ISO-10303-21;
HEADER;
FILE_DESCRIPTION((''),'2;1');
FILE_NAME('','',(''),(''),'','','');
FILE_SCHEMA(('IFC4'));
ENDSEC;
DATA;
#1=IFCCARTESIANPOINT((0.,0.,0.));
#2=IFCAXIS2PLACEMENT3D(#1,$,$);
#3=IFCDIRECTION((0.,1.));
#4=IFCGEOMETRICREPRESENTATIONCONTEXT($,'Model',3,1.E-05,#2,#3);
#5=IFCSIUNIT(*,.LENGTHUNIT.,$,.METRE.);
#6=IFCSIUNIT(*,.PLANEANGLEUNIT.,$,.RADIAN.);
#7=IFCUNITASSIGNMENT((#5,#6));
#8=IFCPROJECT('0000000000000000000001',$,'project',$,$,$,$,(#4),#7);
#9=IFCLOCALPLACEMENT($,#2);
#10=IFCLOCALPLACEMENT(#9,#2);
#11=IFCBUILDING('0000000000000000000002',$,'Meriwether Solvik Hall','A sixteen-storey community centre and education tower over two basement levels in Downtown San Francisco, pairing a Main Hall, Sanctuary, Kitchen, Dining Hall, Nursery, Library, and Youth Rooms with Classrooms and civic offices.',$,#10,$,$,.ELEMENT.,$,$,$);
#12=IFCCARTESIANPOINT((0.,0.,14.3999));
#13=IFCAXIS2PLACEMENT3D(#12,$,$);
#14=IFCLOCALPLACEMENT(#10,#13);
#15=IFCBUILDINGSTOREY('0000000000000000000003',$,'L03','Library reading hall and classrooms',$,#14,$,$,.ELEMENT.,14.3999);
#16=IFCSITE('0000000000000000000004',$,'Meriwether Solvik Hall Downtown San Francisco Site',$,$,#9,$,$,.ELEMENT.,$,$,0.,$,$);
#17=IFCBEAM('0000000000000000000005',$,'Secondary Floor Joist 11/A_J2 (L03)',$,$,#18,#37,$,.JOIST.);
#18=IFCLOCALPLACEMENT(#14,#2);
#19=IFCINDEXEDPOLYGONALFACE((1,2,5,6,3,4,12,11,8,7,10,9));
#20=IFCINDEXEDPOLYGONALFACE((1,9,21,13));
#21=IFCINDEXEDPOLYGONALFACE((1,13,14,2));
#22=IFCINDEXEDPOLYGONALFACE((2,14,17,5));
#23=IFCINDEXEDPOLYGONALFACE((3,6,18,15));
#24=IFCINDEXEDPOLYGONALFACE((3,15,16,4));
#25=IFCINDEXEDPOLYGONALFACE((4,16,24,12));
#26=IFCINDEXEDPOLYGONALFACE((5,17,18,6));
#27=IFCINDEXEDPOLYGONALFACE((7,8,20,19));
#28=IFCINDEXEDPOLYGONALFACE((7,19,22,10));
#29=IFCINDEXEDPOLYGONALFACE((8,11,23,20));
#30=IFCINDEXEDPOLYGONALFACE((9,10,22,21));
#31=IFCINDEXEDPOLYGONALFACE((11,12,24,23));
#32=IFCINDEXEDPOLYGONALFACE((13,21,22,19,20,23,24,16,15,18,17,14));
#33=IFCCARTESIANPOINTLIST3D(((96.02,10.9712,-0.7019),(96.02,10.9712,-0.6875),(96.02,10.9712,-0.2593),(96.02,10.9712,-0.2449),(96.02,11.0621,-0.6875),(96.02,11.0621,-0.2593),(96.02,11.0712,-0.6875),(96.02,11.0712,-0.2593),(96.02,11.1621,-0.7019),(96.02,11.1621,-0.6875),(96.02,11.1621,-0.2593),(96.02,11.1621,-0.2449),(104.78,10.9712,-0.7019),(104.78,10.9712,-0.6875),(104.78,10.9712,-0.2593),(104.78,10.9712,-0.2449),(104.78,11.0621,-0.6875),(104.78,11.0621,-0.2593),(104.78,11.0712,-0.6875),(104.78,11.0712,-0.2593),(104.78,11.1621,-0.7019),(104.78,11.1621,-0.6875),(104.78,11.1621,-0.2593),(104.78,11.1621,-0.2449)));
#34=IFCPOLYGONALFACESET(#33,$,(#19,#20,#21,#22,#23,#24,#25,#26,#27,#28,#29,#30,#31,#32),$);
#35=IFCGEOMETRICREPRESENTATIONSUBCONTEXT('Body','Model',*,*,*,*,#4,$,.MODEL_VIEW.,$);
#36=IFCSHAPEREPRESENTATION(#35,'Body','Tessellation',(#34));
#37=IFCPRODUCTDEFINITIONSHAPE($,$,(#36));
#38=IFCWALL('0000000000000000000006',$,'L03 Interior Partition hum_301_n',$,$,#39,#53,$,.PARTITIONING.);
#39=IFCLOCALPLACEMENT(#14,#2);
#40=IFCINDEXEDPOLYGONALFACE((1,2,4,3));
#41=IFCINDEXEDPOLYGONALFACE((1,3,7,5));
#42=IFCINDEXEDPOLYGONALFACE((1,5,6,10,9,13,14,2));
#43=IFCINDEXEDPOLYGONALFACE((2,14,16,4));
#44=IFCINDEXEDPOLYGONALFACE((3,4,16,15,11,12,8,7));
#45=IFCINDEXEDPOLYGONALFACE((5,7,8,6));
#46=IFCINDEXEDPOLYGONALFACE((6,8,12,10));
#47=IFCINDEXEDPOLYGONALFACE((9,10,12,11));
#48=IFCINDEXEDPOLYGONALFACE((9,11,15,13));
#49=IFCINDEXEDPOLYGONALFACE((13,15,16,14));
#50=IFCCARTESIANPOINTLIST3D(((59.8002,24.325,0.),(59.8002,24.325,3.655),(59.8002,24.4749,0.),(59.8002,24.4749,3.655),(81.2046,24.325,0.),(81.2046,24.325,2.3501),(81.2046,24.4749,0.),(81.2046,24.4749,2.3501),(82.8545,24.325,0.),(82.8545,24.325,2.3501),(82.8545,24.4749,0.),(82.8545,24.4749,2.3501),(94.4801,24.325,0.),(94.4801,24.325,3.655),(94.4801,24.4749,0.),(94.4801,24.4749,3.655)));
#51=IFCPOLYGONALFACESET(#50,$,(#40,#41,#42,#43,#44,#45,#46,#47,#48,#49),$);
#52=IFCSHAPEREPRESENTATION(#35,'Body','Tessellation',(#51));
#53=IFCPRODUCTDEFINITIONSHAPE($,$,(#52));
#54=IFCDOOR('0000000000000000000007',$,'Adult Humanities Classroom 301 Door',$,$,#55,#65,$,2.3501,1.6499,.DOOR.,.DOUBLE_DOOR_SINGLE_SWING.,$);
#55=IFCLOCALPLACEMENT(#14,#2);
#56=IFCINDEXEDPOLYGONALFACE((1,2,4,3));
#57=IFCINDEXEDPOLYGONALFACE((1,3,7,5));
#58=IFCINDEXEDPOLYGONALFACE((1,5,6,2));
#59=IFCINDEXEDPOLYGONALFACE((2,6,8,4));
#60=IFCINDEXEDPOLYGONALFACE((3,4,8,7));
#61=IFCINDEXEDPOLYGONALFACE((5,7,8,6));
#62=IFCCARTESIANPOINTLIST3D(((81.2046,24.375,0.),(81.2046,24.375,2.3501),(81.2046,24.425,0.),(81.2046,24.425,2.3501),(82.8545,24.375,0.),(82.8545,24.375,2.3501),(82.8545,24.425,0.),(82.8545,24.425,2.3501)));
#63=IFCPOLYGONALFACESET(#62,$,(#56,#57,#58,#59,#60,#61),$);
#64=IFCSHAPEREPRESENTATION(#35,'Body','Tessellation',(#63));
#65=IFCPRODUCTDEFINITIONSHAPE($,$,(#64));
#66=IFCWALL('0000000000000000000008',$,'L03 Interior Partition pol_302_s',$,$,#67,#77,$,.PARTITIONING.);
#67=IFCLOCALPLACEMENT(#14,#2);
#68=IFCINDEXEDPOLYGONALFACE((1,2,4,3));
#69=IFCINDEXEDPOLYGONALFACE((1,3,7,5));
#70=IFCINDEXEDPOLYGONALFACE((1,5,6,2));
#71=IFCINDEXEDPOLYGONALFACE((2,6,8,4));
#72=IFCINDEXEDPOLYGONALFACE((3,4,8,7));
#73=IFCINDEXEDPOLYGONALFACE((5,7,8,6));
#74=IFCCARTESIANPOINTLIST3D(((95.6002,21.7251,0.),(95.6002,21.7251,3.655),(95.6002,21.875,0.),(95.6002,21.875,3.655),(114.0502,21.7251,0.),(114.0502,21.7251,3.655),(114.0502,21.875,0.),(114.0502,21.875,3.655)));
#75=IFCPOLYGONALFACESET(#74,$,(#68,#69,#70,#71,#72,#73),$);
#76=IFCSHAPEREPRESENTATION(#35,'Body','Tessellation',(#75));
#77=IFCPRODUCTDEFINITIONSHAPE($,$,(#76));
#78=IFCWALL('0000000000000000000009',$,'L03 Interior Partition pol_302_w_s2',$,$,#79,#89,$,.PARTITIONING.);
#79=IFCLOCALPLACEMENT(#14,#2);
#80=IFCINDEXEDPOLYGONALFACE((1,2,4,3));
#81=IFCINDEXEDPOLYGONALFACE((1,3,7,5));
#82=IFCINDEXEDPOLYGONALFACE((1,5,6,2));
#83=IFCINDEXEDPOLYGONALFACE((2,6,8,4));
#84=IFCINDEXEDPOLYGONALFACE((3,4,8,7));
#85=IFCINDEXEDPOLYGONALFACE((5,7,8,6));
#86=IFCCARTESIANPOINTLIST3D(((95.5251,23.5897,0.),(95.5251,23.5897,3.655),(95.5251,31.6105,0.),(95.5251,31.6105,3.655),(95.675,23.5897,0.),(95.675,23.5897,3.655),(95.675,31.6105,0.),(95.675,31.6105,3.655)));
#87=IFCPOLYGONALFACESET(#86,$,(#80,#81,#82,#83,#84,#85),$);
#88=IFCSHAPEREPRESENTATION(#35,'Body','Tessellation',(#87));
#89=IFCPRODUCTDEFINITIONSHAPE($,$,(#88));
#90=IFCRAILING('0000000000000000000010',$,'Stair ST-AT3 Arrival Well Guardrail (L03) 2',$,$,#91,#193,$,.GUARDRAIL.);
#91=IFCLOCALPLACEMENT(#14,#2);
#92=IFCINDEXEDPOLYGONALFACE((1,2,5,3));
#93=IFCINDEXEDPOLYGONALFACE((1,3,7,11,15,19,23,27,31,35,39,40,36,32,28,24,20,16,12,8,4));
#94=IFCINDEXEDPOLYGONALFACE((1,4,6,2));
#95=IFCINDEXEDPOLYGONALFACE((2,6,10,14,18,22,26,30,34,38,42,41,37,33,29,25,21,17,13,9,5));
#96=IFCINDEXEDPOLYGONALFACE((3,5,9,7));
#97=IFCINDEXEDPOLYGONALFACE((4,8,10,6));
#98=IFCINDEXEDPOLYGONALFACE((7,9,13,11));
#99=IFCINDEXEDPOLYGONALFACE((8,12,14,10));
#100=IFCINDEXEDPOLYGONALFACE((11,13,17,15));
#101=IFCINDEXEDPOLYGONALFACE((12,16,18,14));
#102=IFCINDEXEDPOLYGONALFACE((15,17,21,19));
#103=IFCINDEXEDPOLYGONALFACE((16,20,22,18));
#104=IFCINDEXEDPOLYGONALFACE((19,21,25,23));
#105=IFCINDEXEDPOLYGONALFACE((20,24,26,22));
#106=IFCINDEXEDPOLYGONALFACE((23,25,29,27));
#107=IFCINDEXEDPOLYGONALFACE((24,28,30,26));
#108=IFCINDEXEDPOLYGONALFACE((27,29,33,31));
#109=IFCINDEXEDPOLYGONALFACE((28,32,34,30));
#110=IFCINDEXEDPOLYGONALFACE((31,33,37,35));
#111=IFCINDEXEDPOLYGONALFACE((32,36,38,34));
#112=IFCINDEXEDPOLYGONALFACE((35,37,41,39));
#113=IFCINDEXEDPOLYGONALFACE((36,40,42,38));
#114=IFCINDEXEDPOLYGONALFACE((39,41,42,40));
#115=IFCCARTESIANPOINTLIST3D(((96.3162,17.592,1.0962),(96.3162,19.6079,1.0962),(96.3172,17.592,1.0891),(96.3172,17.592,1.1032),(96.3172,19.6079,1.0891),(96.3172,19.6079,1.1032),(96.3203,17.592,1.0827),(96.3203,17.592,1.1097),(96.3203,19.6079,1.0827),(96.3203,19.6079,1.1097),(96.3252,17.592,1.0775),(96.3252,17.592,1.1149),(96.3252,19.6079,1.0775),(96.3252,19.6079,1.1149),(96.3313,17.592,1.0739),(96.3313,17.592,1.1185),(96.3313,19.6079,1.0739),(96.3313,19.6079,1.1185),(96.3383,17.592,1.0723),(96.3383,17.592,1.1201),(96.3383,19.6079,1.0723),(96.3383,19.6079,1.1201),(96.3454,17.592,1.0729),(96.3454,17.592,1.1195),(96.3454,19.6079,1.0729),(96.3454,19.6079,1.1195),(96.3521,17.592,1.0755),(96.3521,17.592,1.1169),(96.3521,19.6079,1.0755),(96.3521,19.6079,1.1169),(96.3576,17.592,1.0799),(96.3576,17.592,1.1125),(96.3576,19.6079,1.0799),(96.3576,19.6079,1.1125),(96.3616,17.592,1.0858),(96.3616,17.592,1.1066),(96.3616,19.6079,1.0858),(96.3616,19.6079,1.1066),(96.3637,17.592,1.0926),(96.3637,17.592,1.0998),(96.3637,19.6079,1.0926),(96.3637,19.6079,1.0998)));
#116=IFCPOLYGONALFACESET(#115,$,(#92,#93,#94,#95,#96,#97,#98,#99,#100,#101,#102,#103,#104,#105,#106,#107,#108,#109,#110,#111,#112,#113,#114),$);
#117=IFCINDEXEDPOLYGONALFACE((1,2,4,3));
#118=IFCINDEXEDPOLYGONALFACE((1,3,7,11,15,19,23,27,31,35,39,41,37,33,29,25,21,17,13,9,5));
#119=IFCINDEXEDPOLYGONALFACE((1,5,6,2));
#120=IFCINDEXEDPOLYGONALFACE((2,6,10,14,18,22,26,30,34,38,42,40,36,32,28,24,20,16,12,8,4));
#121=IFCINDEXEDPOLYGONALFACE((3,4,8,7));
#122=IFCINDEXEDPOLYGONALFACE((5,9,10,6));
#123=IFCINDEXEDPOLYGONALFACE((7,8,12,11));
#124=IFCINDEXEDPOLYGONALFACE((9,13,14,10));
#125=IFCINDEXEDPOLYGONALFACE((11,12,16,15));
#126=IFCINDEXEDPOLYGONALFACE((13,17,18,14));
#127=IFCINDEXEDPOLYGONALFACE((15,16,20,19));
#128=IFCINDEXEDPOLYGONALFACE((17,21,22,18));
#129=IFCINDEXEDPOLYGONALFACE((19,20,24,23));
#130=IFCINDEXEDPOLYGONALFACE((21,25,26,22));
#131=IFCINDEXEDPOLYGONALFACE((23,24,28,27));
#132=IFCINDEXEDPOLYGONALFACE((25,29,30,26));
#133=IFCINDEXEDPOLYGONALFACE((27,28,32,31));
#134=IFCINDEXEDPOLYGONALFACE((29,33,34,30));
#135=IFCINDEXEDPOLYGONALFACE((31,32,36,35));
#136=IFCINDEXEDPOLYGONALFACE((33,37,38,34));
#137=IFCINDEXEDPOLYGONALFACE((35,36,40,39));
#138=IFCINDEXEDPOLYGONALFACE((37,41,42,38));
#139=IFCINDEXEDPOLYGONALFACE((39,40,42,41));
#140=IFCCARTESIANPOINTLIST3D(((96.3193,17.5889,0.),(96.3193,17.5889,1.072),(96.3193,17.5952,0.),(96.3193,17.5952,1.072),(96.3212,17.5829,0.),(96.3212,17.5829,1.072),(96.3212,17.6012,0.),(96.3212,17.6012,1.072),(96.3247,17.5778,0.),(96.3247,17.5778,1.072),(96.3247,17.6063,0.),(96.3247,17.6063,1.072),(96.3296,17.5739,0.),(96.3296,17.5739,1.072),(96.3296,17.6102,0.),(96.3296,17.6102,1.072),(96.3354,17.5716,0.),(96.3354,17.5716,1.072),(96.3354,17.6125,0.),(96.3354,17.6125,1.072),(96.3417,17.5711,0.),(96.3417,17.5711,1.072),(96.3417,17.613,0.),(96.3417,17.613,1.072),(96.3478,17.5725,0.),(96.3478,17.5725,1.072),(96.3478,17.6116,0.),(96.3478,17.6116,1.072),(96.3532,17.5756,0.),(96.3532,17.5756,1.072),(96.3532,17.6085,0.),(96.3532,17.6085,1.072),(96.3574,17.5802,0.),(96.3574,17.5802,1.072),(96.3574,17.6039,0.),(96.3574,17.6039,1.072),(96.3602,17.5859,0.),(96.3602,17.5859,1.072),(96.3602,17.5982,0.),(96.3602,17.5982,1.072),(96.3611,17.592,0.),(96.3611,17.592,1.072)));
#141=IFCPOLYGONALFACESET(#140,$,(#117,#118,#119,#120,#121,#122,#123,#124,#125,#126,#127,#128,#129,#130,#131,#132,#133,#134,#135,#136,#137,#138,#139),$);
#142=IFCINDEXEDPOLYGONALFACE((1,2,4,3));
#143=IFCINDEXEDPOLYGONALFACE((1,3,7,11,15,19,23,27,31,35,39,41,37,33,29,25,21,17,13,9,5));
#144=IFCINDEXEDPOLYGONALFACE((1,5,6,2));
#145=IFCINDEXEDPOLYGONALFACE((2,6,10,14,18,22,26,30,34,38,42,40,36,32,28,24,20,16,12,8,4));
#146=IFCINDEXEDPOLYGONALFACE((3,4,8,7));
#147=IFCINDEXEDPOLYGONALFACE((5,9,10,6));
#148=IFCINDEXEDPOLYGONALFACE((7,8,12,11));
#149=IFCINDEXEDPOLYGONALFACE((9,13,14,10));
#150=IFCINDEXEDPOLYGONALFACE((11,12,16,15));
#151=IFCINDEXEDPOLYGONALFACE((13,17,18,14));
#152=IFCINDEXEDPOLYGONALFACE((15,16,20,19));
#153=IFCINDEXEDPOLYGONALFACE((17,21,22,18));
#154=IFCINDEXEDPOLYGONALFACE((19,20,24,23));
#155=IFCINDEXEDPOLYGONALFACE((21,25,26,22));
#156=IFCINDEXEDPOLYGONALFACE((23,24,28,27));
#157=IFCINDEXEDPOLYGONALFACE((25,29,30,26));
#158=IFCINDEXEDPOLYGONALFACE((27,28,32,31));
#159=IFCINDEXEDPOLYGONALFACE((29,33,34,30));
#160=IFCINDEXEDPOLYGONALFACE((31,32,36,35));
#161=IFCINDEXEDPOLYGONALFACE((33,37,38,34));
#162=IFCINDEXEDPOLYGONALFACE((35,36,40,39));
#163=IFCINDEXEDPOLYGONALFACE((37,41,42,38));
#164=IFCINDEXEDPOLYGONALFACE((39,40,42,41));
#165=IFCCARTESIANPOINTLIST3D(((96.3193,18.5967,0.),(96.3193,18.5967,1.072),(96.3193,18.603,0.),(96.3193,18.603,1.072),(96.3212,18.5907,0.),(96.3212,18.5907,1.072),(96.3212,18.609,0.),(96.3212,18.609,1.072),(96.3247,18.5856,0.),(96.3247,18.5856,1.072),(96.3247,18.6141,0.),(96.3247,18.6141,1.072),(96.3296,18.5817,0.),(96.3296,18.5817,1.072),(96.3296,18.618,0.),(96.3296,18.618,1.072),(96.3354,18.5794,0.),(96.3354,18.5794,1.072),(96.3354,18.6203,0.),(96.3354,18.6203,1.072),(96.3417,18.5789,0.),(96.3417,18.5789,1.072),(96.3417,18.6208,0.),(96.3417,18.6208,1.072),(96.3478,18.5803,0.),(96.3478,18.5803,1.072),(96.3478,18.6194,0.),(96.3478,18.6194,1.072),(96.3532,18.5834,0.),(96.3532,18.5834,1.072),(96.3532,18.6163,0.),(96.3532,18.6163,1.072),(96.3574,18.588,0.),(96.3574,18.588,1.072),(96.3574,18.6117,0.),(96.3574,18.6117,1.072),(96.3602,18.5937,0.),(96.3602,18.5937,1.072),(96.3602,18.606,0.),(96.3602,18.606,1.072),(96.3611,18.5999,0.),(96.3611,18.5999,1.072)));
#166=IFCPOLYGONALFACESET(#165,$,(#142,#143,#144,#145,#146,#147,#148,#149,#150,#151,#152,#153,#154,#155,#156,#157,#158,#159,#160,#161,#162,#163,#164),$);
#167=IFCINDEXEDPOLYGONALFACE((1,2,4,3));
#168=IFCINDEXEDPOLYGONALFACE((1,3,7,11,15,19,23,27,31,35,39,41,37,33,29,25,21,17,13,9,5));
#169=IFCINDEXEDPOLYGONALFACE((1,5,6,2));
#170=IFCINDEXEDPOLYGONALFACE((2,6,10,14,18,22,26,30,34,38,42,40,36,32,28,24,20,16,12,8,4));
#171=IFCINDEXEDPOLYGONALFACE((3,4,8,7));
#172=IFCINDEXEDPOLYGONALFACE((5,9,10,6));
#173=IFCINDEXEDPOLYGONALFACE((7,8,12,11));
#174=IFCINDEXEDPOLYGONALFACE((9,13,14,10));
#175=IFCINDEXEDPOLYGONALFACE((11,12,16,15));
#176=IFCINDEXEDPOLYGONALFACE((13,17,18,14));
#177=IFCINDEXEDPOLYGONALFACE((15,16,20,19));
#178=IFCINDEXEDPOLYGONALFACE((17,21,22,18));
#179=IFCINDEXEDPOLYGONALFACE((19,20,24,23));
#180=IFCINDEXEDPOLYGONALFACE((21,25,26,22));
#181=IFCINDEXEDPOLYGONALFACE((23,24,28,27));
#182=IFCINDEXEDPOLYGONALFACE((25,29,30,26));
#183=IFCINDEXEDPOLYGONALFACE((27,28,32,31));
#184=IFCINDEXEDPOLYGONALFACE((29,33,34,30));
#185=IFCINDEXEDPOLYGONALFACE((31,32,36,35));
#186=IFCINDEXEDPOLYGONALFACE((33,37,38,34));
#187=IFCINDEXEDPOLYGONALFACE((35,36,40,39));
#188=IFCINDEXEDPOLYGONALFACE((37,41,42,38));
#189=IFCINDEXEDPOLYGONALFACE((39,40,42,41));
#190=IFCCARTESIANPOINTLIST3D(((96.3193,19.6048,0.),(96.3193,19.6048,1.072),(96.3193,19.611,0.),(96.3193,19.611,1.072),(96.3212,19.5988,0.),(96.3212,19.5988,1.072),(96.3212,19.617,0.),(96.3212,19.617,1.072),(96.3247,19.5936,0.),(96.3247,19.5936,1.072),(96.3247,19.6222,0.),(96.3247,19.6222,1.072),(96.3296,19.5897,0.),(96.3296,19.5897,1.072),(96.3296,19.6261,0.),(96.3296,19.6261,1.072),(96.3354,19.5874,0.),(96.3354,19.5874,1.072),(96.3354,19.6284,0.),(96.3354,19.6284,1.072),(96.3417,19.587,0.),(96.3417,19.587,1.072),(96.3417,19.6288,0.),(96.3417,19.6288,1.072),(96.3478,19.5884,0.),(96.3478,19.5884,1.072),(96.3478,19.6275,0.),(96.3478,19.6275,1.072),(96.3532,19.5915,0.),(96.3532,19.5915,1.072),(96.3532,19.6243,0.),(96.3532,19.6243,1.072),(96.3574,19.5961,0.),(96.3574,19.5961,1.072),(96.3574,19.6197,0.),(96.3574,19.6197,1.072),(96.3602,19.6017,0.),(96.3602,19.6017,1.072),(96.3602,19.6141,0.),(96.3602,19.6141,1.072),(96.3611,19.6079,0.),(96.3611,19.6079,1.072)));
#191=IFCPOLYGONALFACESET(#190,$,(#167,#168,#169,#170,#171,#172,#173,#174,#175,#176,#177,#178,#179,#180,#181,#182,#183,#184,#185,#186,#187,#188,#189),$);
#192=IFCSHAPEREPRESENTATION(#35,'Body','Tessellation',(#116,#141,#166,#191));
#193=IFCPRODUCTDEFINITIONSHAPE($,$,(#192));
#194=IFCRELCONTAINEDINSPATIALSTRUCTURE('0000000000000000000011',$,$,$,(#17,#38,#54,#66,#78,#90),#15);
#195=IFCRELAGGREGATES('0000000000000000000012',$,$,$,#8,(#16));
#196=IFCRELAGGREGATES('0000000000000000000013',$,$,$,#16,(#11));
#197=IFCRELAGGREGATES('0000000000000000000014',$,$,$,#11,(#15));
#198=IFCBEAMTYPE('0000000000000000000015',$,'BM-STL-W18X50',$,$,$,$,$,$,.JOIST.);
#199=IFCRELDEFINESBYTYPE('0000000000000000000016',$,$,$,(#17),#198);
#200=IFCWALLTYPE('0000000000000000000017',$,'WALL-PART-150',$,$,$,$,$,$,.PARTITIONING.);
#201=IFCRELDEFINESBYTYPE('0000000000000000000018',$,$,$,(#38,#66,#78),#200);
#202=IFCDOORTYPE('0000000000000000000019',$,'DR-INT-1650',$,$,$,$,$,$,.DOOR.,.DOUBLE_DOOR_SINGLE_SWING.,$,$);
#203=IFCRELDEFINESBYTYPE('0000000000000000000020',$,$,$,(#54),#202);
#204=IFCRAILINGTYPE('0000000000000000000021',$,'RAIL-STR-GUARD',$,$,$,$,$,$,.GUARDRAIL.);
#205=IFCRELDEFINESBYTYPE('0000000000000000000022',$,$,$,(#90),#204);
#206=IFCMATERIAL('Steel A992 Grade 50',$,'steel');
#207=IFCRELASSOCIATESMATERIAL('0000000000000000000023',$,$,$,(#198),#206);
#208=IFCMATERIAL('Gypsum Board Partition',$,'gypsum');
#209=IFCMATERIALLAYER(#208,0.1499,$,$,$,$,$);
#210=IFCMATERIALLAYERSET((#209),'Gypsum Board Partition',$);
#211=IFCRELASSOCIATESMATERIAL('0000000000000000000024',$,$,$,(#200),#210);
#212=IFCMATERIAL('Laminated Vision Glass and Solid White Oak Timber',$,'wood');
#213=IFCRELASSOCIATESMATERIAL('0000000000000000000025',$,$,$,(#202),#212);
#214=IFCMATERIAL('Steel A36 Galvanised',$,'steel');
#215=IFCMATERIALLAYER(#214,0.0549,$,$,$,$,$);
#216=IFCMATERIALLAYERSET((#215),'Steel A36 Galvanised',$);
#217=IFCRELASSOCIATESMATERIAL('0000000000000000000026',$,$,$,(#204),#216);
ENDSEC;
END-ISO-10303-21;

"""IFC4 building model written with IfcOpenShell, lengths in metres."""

from ifc_helpers import new_model, si_unit, direction, frame, frame_2d, origin, origin_2d, place, context, subcontext, project, spatial, rectangle, circle, i_section, extrude, material, layer, layer_set, material_profile, profile_set, type_object, element, fill, save


model = new_model("IFC4")

# Units and contexts
model_context = context("Model", 3, precision=1e-05, world=origin(), true_north=direction((0.0, 1.0)))
body_context = subcontext(model_context, "Body", "Model", "MODEL_VIEW")
ifc_project = project(units=[si_unit("LENGTHUNIT", "METRE"), si_unit("PLANEANGLEUNIT", "RADIAN")], contexts=[model_context])

# Site, building, storey
site_placement = place(None, origin())
site = spatial("IfcSite", under=ifc_project, at=site_placement, Name="Meriwether Solvik Hall Downtown San Francisco Site", CompositionType="ELEMENT", RefElevation=0.0)
building_placement = place(site_placement, origin())
building = spatial("IfcBuilding", under=site, at=building_placement, Name="Meriwether Solvik Hall", Description="A sixteen-storey community centre and education tower over two basement levels in Downtown San Francisco, pairing a Main Hall, Sanctuary, Kitchen, Dining Hall, Nursery, Library, and Youth Rooms with Classrooms and civic offices.", CompositionType="ELEMENT")
storey_placement = place(building_placement, frame((0.0, 0.0, 14.3999)))
storey = spatial("IfcBuildingStorey", under=building, at=storey_placement, Name="L03", Description="Library reading hall and classrooms", CompositionType="ELEMENT", Elevation=14.3999)

# Beam
ifc_material_1 = material(Name="Steel A992 Grade 50", Category="steel")
ifc_material_profile_1 = material_profile(ifc_material_1, i_section(OverallWidth=0.1909, OverallDepth=0.457, WebThickness=0.009, FlangeThickness=0.0144, at=origin_2d()), Name="W18X50")
ifc_profile_set_1 = profile_set([ifc_material_profile_1], Name="Steel A992 Grade 50")
beam_type_1 = type_object("IfcBeamType", Name="BM-STL-W18X50", PredefinedType="JOIST", material=ifc_profile_set_1)
beam_1_placement = place(storey_placement, frame((96.02, 11.0667, -0.4734), z_axis=(1.0, 0.0, 0.0), x_axis=(0.0, 1.0, 0.0)))
element("IfcBeam", 1, at=beam_1_placement, inside=storey, type_object=beam_type_1, Name="Secondary Floor Joist 11/A_J2 (L03)", PredefinedType="JOIST", context=body_context, shape_type="SweptSolid", body=[
    extrude(i_section(OverallWidth=0.1909, OverallDepth=0.457, WebThickness=0.009, FlangeThickness=0.0144, at=origin_2d()), origin(), (0.0, 0.0, 1.0), 8.76),
])

# Wall, opening, door
ifc_material_2 = material(Name="Gypsum Board Partition", Category="gypsum")
ifc_layer_1 = layer(ifc_material_2, 0.1499)
ifc_layer_set_1 = layer_set([ifc_layer_1], Name="Gypsum Board Partition")
wall_type = type_object("IfcWallType", Name="WALL-PART-150", PredefinedType="PARTITIONING", material=ifc_layer_set_1)
wall_1_placement = place(storey_placement, frame((94.48, 24.3999, 0.0), z_axis=(0.0, 0.0, 1.0), x_axis=(-1.0, 0.0, 0.0)))
wall_1 = element("IfcWall", 2, at=wall_1_placement, inside=storey, type_object=wall_type, Name="L03 Interior Partition hum_301_n", PredefinedType="PARTITIONING", context=body_context, shape_type="SweptSolid", body=[
    extrude(rectangle(XDim=34.6799, YDim=0.1499, at=frame_2d((17.3398, 0.0))), origin(), (0.0, 0.0, 1.0), 3.655),
])
opening_placement = place(wall_1_placement, frame((11.6255, 0.0, 0.0)))
opening = element("IfcOpeningElement", 3, at=opening_placement, cuts=wall_1, PredefinedType="OPENING", context=body_context, shape_type="SweptSolid", body=[
    extrude(rectangle(XDim=1.6499, YDim=2.3501, at=frame_2d((0.825, 1.175))), frame((0.0, 0.0869, 0.0), z_axis=(0.0, -1.0, 0.0), x_axis=(1.0, 0.0, 0.0)), (0.0, 0.0, 1.0), 0.1738),
])
ifc_material_3 = material(Name="Laminated Vision Glass and Solid White Oak Timber", Category="wood")
door_type = type_object("IfcDoorType", Name="DR-INT-1650", OperationType="DOUBLE_DOOR_SINGLE_SWING", PredefinedType="DOOR", material=ifc_material_3)
door_placement = place(opening_placement, origin())
door = element("IfcDoor", 4, at=door_placement, inside=storey, type_object=door_type, Name="Adult Humanities Classroom 301 Door", OperationType="DOUBLE_DOOR_SINGLE_SWING", OverallHeight=2.3501, OverallWidth=1.6499, PredefinedType="DOOR", context=body_context, shape_type="SweptSolid", body=[
    extrude(rectangle(XDim=1.6499, YDim=2.3501, at=frame_2d((0.825, 1.175))), frame((0.0, 0.0249, 0.0), z_axis=(0.0, -1.0, 0.0), x_axis=(1.0, 0.0, 0.0)), (0.0, 0.0, 1.0), 0.05),
])
fill(opening, door)

# Walls
wall_2_placement = place(storey_placement, frame((95.6001, 21.8, 0.0), z_axis=(0.0, 0.0, 1.0), x_axis=(1.0, 0.0, 0.0)))
element("IfcWall", 5, at=wall_2_placement, inside=storey, type_object=wall_type, Name="L03 Interior Partition pol_302_s", PredefinedType="PARTITIONING", context=body_context, shape_type="SweptSolid", body=[
    extrude(rectangle(XDim=18.45, YDim=0.1499, at=frame_2d((9.2251, 0.0))), origin(), (0.0, 0.0, 1.0), 3.655),
])
wall_3_placement = place(storey_placement, frame((95.6001, 31.6104, 0.0), z_axis=(0.0, 0.0, 1.0), x_axis=(0.0, -1.0, 0.0)))
element("IfcWall", 6, at=wall_3_placement, inside=storey, type_object=wall_type, Name="L03 Interior Partition pol_302_w_s2", PredefinedType="PARTITIONING", context=body_context, shape_type="SweptSolid", body=[
    extrude(rectangle(XDim=8.0208, YDim=0.1499, at=frame_2d((4.0103, 0.0))), origin(), (0.0, 0.0, 1.0), 3.655),
])

# Railing
ifc_material_4 = material(Name="Steel A36 Galvanised", Category="steel")
ifc_layer_2 = layer(ifc_material_4, 0.0549)
ifc_layer_set_2 = layer_set([ifc_layer_2], Name="Steel A36 Galvanised")
railing_type_1 = type_object("IfcRailingType", Name="RAIL-STR-GUARD", PredefinedType="GUARDRAIL", material=ifc_layer_set_2)
railing_1_placement = place(storey_placement, frame((96.3401, 17.592, 0.0)))
element("IfcRailing", 7, at=railing_1_placement, inside=storey, type_object=railing_type_1, Name="Stair ST-AT3 Arrival Well Guardrail (L03) 2", PredefinedType="GUARDRAIL", context=body_context, shape_type="SweptSolid", body=[
    extrude(circle(Radius=0.0239, at=origin_2d()), frame((0.0, 0.0, 1.0962), z_axis=(0.0, 1.0, 0.0), x_axis=(-1.0, 0.0, 0.0)), (0.0, 0.0, 1.0), 2.0159),
    extrude(circle(Radius=0.021, at=origin_2d()), origin(), (0.0, 0.0, 1.0), 1.072),
    extrude(circle(Radius=0.021, at=origin_2d()), frame((0.0, 1.0078, 0.0)), (0.0, 0.0, 1.0), 1.072),
    extrude(circle(Radius=0.021, at=origin_2d()), frame((0.0, 2.0159, 0.0)), (0.0, 0.0, 1.0), 1.072),
])

save(model, "model.ifc")
